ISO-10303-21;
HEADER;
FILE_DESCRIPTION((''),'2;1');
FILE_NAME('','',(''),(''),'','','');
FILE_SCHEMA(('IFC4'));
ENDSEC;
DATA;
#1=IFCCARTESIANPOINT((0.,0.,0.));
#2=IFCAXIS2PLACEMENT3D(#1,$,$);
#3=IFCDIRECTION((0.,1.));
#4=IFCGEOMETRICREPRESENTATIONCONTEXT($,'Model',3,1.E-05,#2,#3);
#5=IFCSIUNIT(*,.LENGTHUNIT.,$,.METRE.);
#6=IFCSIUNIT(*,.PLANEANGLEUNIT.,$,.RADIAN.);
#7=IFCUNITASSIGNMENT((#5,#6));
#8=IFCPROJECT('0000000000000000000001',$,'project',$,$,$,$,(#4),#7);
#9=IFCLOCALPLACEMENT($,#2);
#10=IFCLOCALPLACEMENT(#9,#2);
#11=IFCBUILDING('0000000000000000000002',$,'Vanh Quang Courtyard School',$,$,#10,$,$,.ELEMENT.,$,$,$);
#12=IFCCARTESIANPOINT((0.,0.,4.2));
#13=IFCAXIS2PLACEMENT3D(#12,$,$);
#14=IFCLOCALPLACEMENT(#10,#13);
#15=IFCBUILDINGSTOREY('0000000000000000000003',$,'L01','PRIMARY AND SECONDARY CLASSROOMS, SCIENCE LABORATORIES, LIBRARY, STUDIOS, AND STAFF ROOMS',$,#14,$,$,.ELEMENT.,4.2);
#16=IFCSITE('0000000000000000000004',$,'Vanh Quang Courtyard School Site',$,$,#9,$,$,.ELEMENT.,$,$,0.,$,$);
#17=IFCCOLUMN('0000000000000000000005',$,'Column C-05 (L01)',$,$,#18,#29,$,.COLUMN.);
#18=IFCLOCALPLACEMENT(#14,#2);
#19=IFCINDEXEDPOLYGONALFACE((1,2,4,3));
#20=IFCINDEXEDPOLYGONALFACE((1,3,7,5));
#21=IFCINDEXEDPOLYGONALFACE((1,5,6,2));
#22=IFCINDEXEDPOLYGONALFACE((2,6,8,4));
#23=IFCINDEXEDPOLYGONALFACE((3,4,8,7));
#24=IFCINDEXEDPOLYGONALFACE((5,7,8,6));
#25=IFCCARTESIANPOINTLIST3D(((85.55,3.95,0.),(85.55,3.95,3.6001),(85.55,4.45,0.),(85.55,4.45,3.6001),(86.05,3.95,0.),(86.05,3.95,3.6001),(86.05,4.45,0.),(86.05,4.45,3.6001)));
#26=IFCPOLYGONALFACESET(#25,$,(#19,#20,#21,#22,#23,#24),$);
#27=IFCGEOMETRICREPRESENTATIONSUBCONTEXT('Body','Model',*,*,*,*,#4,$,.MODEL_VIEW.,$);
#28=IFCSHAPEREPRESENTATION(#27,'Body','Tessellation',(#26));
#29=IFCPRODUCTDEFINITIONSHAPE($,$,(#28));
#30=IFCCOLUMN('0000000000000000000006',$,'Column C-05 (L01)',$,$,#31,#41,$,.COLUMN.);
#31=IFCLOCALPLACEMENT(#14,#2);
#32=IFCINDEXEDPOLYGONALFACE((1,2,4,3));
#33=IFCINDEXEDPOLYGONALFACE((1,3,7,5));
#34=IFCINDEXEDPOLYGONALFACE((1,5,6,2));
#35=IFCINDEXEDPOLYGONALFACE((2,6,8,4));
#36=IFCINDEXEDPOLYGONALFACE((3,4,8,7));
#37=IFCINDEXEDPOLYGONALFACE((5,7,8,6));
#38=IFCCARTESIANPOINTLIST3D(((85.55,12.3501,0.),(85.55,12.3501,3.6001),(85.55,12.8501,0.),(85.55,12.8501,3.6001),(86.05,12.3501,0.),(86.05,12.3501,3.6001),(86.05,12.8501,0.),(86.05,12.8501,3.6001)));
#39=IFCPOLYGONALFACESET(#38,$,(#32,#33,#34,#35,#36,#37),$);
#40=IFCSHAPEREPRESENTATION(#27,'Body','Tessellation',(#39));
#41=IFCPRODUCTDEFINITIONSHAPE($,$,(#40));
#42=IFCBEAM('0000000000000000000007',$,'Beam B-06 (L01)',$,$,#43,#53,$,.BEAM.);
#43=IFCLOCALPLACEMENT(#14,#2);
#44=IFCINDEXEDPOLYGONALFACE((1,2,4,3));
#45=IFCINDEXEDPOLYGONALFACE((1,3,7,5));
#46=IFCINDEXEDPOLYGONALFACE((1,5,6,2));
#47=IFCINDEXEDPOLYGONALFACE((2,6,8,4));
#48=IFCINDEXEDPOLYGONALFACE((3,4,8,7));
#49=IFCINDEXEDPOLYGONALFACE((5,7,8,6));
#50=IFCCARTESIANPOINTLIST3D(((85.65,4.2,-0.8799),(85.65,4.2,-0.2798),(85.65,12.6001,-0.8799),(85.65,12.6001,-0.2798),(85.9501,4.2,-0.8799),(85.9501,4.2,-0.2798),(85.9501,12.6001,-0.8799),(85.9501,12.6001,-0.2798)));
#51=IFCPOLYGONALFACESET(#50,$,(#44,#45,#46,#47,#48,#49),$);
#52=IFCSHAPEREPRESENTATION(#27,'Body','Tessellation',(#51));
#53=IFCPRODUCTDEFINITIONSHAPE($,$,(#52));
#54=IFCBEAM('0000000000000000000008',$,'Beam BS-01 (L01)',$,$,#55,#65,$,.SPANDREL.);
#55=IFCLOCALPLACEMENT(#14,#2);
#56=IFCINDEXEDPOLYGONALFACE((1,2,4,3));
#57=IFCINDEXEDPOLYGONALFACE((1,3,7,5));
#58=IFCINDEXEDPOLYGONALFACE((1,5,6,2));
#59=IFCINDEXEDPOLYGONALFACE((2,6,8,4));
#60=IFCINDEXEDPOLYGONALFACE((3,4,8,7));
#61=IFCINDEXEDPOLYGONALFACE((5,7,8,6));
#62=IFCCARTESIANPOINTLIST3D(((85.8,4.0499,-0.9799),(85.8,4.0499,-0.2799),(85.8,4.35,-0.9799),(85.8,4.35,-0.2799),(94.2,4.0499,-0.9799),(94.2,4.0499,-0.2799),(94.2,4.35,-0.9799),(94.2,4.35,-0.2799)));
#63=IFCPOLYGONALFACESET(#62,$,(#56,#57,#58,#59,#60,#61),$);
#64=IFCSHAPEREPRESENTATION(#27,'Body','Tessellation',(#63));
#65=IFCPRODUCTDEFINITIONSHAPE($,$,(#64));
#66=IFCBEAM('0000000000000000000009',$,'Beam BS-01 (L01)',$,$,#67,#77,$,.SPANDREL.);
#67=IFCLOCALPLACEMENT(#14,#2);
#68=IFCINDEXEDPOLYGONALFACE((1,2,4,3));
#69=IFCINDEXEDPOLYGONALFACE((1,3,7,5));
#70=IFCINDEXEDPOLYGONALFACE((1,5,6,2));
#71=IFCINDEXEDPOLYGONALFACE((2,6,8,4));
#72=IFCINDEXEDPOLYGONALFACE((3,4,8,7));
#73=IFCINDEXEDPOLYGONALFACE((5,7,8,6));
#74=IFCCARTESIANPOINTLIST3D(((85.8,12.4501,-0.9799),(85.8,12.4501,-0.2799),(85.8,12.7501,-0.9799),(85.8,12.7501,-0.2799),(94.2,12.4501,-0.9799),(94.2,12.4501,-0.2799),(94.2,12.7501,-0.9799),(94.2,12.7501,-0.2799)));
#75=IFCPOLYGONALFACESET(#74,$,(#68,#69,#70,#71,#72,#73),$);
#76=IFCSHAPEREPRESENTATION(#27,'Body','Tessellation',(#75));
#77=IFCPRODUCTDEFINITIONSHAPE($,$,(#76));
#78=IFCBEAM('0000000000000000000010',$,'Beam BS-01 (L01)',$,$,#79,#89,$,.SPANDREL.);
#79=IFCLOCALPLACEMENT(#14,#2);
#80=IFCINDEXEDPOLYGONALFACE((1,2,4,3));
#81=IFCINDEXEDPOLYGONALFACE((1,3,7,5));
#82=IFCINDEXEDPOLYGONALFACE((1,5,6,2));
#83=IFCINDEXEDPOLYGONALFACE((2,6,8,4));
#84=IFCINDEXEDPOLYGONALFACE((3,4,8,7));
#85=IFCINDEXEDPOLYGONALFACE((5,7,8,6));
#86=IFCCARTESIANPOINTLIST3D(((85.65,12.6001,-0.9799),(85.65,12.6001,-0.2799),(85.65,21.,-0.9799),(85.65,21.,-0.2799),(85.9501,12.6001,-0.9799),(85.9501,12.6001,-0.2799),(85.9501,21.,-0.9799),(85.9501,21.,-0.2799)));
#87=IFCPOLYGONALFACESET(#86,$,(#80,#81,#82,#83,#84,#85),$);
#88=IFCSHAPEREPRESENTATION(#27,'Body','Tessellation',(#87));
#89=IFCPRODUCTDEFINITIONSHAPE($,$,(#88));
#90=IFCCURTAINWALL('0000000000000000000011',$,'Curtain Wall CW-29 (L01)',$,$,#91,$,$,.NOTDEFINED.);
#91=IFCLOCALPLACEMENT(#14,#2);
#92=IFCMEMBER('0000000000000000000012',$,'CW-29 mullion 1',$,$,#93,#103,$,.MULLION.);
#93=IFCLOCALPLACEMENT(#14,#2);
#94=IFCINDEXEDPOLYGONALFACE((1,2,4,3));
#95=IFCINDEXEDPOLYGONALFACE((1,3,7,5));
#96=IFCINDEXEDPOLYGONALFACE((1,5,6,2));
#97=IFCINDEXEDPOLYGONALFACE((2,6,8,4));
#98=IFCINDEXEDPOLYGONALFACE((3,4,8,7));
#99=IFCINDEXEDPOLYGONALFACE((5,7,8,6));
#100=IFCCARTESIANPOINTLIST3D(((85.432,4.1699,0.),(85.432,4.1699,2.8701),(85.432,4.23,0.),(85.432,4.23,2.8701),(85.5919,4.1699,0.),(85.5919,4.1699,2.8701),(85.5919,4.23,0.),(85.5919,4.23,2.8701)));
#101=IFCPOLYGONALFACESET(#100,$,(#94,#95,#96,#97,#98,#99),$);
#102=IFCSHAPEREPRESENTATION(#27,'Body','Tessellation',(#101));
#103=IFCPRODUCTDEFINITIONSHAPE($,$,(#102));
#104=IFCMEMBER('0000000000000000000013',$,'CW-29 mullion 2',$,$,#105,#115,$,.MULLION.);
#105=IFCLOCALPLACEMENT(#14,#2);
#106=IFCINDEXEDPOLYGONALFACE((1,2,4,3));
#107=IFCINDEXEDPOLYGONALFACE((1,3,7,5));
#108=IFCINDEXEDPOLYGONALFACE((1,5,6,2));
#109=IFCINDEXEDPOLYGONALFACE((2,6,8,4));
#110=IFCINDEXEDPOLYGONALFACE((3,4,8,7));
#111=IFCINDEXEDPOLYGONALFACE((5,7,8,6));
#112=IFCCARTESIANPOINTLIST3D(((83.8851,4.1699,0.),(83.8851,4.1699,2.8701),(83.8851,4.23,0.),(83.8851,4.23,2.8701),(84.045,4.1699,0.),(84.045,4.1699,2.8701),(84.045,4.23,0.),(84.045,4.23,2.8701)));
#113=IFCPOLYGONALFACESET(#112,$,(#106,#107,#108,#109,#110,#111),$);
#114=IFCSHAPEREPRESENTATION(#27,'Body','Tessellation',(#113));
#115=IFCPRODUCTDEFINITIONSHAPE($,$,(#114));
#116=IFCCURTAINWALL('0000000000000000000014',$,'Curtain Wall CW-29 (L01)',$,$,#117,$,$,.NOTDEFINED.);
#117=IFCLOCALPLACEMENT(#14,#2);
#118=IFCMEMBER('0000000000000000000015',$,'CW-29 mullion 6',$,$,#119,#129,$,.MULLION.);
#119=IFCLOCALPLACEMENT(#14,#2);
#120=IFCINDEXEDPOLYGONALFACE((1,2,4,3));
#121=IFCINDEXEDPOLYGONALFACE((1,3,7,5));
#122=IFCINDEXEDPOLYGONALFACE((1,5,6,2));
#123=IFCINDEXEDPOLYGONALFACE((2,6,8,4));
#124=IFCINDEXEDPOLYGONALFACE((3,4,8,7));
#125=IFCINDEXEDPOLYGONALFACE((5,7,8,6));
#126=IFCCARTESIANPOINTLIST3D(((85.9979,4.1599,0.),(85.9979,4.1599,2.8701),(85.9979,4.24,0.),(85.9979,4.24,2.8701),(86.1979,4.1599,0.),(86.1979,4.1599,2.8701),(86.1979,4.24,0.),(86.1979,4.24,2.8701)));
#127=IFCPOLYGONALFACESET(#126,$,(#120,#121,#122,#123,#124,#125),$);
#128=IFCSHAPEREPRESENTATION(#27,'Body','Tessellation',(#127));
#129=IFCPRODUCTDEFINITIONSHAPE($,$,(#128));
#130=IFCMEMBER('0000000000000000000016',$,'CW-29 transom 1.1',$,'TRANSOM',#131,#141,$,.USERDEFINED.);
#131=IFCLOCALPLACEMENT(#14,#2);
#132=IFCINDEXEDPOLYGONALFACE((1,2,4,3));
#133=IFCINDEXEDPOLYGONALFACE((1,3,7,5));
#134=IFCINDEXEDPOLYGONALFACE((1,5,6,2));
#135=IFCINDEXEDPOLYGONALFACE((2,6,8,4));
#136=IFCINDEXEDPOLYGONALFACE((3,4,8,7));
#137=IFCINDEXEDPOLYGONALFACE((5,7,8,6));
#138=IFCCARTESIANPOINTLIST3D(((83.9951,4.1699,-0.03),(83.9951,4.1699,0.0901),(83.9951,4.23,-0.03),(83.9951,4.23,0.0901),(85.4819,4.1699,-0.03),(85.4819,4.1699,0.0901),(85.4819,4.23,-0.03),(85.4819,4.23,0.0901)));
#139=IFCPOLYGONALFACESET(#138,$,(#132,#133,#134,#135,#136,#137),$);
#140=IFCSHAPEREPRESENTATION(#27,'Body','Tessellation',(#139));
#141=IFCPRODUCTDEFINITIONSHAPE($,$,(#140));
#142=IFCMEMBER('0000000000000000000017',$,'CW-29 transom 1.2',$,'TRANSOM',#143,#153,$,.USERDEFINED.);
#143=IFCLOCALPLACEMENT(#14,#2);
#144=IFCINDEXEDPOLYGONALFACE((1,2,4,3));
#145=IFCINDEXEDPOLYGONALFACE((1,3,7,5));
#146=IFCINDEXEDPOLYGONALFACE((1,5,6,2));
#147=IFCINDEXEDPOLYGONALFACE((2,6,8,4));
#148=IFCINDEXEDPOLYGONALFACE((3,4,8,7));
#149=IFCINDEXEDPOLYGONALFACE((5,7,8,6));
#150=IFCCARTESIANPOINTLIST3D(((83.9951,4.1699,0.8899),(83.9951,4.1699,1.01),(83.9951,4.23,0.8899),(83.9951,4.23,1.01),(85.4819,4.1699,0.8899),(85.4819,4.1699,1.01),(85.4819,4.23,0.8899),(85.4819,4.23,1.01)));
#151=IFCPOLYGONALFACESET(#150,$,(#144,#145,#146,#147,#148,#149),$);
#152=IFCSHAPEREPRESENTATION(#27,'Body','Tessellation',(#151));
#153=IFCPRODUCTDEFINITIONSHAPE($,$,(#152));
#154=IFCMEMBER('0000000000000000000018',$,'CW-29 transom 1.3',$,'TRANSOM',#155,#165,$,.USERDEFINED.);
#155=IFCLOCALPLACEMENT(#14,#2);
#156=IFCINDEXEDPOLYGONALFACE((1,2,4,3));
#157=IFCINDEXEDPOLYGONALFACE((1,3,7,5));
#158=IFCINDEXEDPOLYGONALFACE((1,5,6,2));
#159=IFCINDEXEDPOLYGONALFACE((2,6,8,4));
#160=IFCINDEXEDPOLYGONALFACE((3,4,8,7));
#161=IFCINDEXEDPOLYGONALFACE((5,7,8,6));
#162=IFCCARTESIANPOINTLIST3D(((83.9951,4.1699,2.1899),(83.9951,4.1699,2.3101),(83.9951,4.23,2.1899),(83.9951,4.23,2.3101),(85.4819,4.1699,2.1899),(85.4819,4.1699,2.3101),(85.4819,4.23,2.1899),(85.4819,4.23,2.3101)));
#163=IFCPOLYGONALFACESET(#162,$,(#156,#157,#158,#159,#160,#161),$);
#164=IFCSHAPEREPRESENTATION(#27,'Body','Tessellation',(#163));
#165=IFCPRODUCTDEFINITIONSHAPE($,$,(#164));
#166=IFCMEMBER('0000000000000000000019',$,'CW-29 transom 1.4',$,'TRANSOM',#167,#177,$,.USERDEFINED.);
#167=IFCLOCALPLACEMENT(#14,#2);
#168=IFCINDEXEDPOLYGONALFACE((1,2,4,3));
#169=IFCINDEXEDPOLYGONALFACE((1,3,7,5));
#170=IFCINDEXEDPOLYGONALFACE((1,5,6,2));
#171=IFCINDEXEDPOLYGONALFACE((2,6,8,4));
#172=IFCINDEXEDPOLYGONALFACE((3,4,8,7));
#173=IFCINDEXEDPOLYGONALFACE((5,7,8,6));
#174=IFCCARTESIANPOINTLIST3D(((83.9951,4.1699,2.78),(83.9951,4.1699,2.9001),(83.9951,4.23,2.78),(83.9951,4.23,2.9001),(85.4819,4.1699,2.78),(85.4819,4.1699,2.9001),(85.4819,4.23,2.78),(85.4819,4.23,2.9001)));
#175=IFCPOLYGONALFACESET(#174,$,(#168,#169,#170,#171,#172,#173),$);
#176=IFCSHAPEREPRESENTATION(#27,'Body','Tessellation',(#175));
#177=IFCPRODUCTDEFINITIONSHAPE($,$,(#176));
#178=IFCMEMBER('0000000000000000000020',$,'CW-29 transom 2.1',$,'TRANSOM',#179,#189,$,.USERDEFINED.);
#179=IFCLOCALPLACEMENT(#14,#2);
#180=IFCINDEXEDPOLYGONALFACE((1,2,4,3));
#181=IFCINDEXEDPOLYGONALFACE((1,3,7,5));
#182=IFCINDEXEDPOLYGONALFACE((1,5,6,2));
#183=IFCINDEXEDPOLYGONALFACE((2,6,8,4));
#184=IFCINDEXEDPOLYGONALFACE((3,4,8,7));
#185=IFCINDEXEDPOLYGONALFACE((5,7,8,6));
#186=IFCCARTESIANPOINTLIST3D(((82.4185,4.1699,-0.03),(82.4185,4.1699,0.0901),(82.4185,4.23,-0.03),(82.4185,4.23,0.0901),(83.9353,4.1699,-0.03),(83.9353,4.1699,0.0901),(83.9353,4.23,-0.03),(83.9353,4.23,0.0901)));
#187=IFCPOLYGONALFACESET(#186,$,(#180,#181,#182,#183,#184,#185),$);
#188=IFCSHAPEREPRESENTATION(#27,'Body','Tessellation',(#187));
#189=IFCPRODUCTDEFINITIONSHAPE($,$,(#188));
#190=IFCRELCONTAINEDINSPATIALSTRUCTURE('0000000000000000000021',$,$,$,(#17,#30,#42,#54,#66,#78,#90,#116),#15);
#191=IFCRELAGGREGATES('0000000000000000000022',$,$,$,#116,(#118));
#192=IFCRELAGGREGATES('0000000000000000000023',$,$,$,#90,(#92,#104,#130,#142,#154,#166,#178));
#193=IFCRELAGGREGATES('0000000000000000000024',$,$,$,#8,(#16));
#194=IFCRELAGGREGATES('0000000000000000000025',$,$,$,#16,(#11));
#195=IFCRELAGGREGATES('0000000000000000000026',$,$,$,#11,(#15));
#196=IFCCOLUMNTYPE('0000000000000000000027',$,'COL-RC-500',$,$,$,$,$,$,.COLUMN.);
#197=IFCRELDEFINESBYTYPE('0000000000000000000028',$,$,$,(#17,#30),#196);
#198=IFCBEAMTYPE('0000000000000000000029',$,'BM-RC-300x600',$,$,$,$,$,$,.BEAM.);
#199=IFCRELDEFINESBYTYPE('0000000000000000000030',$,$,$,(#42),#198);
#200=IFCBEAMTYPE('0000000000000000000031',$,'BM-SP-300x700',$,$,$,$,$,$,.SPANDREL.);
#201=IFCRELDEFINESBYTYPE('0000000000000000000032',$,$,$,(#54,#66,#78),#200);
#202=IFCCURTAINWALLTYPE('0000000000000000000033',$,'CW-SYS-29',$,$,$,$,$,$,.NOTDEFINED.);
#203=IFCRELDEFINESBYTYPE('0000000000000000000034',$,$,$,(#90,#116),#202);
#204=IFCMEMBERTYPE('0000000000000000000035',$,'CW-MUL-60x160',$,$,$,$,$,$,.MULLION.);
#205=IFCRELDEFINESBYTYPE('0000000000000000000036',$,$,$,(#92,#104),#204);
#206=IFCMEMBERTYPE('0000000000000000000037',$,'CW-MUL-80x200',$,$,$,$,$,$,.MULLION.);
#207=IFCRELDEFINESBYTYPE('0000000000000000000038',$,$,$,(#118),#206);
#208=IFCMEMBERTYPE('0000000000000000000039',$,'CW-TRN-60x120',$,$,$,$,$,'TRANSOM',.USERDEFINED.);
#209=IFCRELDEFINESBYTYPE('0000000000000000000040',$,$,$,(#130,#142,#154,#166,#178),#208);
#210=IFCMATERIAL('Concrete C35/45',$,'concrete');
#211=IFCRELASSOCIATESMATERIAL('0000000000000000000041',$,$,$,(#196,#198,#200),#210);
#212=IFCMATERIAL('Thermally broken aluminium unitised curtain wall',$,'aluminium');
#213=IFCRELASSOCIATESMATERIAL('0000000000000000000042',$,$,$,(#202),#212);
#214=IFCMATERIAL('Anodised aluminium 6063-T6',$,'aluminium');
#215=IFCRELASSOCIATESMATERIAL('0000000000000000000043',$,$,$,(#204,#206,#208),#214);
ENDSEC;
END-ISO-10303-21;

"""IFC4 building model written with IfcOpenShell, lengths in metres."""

from ifc_helpers import new_model, si_unit, direction, frame, origin, origin_2d, place, context, subcontext, project, spatial, rectangle, extrude, material, material_profile, profile_set, type_object, element, aggregate, save


model = new_model("IFC4")

# Units and contexts
model_context = context("Model", 3, precision=1e-05, world=origin(), true_north=direction((0.0, 1.0)))
body_context = subcontext(model_context, "Body", "Model", "MODEL_VIEW")
ifc_project = project(units=[si_unit("LENGTHUNIT", "METRE"), si_unit("PLANEANGLEUNIT", "RADIAN")], contexts=[model_context])

# Site, building, storey
site_placement = place(None, origin())
site = spatial("IfcSite", under=ifc_project, at=site_placement, Name="Vanh Quang Courtyard School Site", CompositionType="ELEMENT", RefElevation=0.0)
building_placement = place(site_placement, origin())
building = spatial("IfcBuilding", under=site, at=building_placement, Name="Vanh Quang Courtyard School", CompositionType="ELEMENT")
storey_placement = place(building_placement, frame((0.0, 0.0, 4.2)))
storey = spatial("IfcBuildingStorey", under=building, at=storey_placement, Name="L01", Description="PRIMARY AND SECONDARY CLASSROOMS, SCIENCE LABORATORIES, LIBRARY, STUDIOS, AND STAFF ROOMS", CompositionType="ELEMENT", Elevation=4.2)

# Columns
ifc_material_1 = material(Name="Concrete C35/45", Category="concrete")
ifc_material_profile_1 = material_profile(ifc_material_1, rectangle(XDim=0.5, YDim=0.5, at=origin_2d()), Name="RC-COL 500x500")
ifc_profile_set_1 = profile_set([ifc_material_profile_1], Name="Concrete C35/45")
column_type = type_object("IfcColumnType", Name="COL-RC-500", PredefinedType="COLUMN", material=ifc_profile_set_1)
for number, where, z_axis, x_axis, name in (
    (1, (85.8, 4.2, 0.0), (0.0, 0.0, 1.0), (1.0, 0.0, 0.0), "Column C-05 (L01)"),
    (2, (85.8, 12.6001, 0.0), (0.0, 0.0, 1.0), (1.0, 0.0, 0.0), "Column C-05 (L01)"),
):
    element("IfcColumn", number, at=place(storey_placement, frame(where, z_axis=z_axis, x_axis=x_axis)), inside=storey, type_object=column_type, Name=name, PredefinedType="COLUMN", context=body_context, shape_type="SweptSolid", body=[
        extrude(rectangle(XDim=0.5, YDim=0.5, at=origin_2d()), origin(), (0.0, 0.0, 1.0), 3.6001),
    ])

# Beams
ifc_material_profile_2 = material_profile(ifc_material_1, rectangle(XDim=0.3, YDim=0.6001, at=origin_2d()), Name="RC-BM 300x600")
ifc_profile_set_2 = profile_set([ifc_material_profile_2], Name="Concrete C35/45")
beam_type_1 = type_object("IfcBeamType", Name="BM-RC-300x600", PredefinedType="BEAM", material=ifc_profile_set_2)
beam_placement = place(storey_placement, frame((85.8, 4.2, -0.5798), z_axis=(0.0, 1.0, 0.0), x_axis=(-1.0, 0.0, 0.0)))
element("IfcBeam", 3, at=beam_placement, inside=storey, type_object=beam_type_1, Name="Beam B-06 (L01)", PredefinedType="BEAM", context=body_context, shape_type="SweptSolid", body=[
    extrude(rectangle(XDim=0.3, YDim=0.6001, at=origin_2d()), origin(), (0.0, 0.0, 1.0), 8.4001),
])
ifc_material_profile_3 = material_profile(ifc_material_1, rectangle(XDim=0.3, YDim=0.7, at=origin_2d()), Name="RC-SP 300x700")
ifc_profile_set_3 = profile_set([ifc_material_profile_3], Name="Concrete C35/45")
beam_type_2 = type_object("IfcBeamType", Name="BM-SP-300x700", PredefinedType="SPANDREL", material=ifc_profile_set_3)
for number, where, z_axis, x_axis, name in (
    (4, (85.8, 4.2, -0.6299), (1.0, 0.0, 0.0), (0.0, 1.0, 0.0), "Beam BS-01 (L01)"),
    (5, (85.8, 12.6001, -0.6299), (1.0, 0.0, 0.0), (0.0, 1.0, 0.0), "Beam BS-01 (L01)"),
    (6, (85.8, 12.6001, -0.6299), (0.0, 1.0, 0.0), (-1.0, 0.0, 0.0), "Beam BS-01 (L01)"),
):
    element("IfcBeam", number, at=place(storey_placement, frame(where, z_axis=z_axis, x_axis=x_axis)), inside=storey, type_object=beam_type_2, Name=name, PredefinedType="SPANDREL", context=body_context, shape_type="SweptSolid", body=[
        extrude(rectangle(XDim=0.3, YDim=0.7, at=origin_2d()), origin(), (0.0, 0.0, 1.0), 8.3999),
    ])

# Curtain wall, members
ifc_material_2 = material(Name="Thermally broken aluminium unitised curtain wall", Category="aluminium")
curtain_wall_type = type_object("IfcCurtainWallType", Name="CW-SYS-29", PredefinedType="NOTDEFINED", material=ifc_material_2)
curtain_wall_1_placement = place(storey_placement, origin())
curtain_wall_1 = element("IfcCurtainWall", 7, at=curtain_wall_1_placement, inside=storey, type_object=curtain_wall_type, Name="Curtain Wall CW-29 (L01)", PredefinedType="NOTDEFINED")
ifc_material_3 = material(Name="Anodised aluminium 6063-T6", Category="aluminium")
ifc_material_profile_4 = material_profile(ifc_material_3, rectangle(XDim=0.0601, YDim=0.1599, at=origin_2d()), Name="ALU-MUL 60x160")
ifc_profile_set_4 = profile_set([ifc_material_profile_4], Name="Anodised aluminium 6063-T6")
member_type_1 = type_object("IfcMemberType", Name="CW-MUL-60x160", PredefinedType="MULLION", material=ifc_profile_set_4)
member_1_placement = place(storey_placement, frame((85.512, 4.2, 0.0), z_axis=(0.0, 0.0, 1.0), x_axis=(0.0, -1.0, 0.0)))
member_1 = element("IfcMember", 8, at=member_1_placement, type_object=member_type_1, Name="CW-29 mullion 1", PredefinedType="MULLION", context=body_context, shape_type="SweptSolid", body=[
    extrude(rectangle(XDim=0.0601, YDim=0.1599, at=origin_2d()), origin(), (0.0, 0.0, 1.0), 2.8701),
])
member_2_placement = place(storey_placement, frame((83.9651, 4.2, 0.0), z_axis=(0.0, 0.0, 1.0), x_axis=(0.0, -1.0, 0.0)))
member_2 = element("IfcMember", 9, at=member_2_placement, type_object=member_type_1, Name="CW-29 mullion 2", PredefinedType="MULLION", context=body_context, shape_type="SweptSolid", body=[
    extrude(rectangle(XDim=0.0601, YDim=0.1599, at=origin_2d()), origin(), (0.0, 0.0, 1.0), 2.8701),
])

# Curtain wall, member
curtain_wall_2_placement = place(storey_placement, origin())
curtain_wall_2 = element("IfcCurtainWall", 10, at=curtain_wall_2_placement, inside=storey, type_object=curtain_wall_type, Name="Curtain Wall CW-29 (L01)", PredefinedType="NOTDEFINED")
ifc_material_profile_5 = material_profile(ifc_material_3, rectangle(XDim=0.0801, YDim=0.2, at=origin_2d()), Name="ALU-MUL 80x200")
ifc_profile_set_5 = profile_set([ifc_material_profile_5], Name="Anodised aluminium 6063-T6")
member_type_2 = type_object("IfcMemberType", Name="CW-MUL-80x200", PredefinedType="MULLION", material=ifc_profile_set_5)
member_3_placement = place(storey_placement, frame((86.0979, 4.2, 0.0), z_axis=(0.0, 0.0, 1.0), x_axis=(0.0, -1.0, 0.0)))
member_3 = element("IfcMember", 11, at=member_3_placement, type_object=member_type_2, Name="CW-29 mullion 6", PredefinedType="MULLION", context=body_context, shape_type="SweptSolid", body=[
    extrude(rectangle(XDim=0.0801, YDim=0.2, at=origin_2d()), origin(), (0.0, 0.0, 1.0), 2.8701),
])

# Members
ifc_material_profile_6 = material_profile(ifc_material_3, rectangle(XDim=0.0601, YDim=0.1201, at=origin_2d()), Name="ALU-TRN 60x120")
ifc_profile_set_6 = profile_set([ifc_material_profile_6], Name="Anodised aluminium 6063-T6")
member_type_3 = type_object("IfcMemberType", Name="CW-TRN-60x120", ElementType="TRANSOM", PredefinedType="USERDEFINED", material=ifc_profile_set_6)
member_4_placement = place(storey_placement, frame((85.4819, 4.2, 0.03), z_axis=(-1.0, 0.0, 0.0), x_axis=(0.0, -1.0, 0.0)))
member_4 = element("IfcMember", 12, at=member_4_placement, type_object=member_type_3, Name="CW-29 transom 1.1", ObjectType="TRANSOM", PredefinedType="USERDEFINED", context=body_context, shape_type="SweptSolid", body=[
    extrude(rectangle(XDim=0.0601, YDim=0.1201, at=origin_2d()), origin(), (0.0, 0.0, 1.0), 1.4868),
])
member_5_placement = place(storey_placement, frame((85.4819, 4.2, 0.95), z_axis=(-1.0, 0.0, 0.0), x_axis=(0.0, -1.0, 0.0)))
member_5 = element("IfcMember", 13, at=member_5_placement, type_object=member_type_3, Name="CW-29 transom 1.2", ObjectType="TRANSOM", PredefinedType="USERDEFINED", context=body_context, shape_type="SweptSolid", body=[
    extrude(rectangle(XDim=0.0601, YDim=0.1201, at=origin_2d()), origin(), (0.0, 0.0, 1.0), 1.4868),
])
member_6_placement = place(storey_placement, frame((85.4819, 4.2, 2.25), z_axis=(-1.0, 0.0, 0.0), x_axis=(0.0, -1.0, 0.0)))
member_6 = element("IfcMember", 14, at=member_6_placement, type_object=member_type_3, Name="CW-29 transom 1.3", ObjectType="TRANSOM", PredefinedType="USERDEFINED", context=body_context, shape_type="SweptSolid", body=[
    extrude(rectangle(XDim=0.0601, YDim=0.1201, at=origin_2d()), origin(), (0.0, 0.0, 1.0), 1.4868),
])
member_7_placement = place(storey_placement, frame((85.4819, 4.2, 2.8401), z_axis=(-1.0, 0.0, 0.0), x_axis=(0.0, -1.0, 0.0)))
member_7 = element("IfcMember", 15, at=member_7_placement, type_object=member_type_3, Name="CW-29 transom 1.4", ObjectType="TRANSOM", PredefinedType="USERDEFINED", context=body_context, shape_type="SweptSolid", body=[
    extrude(rectangle(XDim=0.0601, YDim=0.1201, at=origin_2d()), origin(), (0.0, 0.0, 1.0), 1.4868),
])
member_8_placement = place(storey_placement, frame((83.9353, 4.2, 0.03), z_axis=(-1.0, 0.0, 0.0), x_axis=(0.0, -1.0, 0.0)))
member_8 = element("IfcMember", 16, at=member_8_placement, type_object=member_type_3, Name="CW-29 transom 2.1", ObjectType="TRANSOM", PredefinedType="USERDEFINED", context=body_context, shape_type="SweptSolid", body=[
    extrude(rectangle(XDim=0.0601, YDim=0.1201, at=origin_2d()), origin(), (0.0, 0.0, 1.0), 1.5168),
])

aggregate(curtain_wall_2, [member_3])
aggregate(curtain_wall_1, [member_1, member_2, member_4, member_5, member_6, member_7, member_8])

save(model, "model.ifc")
